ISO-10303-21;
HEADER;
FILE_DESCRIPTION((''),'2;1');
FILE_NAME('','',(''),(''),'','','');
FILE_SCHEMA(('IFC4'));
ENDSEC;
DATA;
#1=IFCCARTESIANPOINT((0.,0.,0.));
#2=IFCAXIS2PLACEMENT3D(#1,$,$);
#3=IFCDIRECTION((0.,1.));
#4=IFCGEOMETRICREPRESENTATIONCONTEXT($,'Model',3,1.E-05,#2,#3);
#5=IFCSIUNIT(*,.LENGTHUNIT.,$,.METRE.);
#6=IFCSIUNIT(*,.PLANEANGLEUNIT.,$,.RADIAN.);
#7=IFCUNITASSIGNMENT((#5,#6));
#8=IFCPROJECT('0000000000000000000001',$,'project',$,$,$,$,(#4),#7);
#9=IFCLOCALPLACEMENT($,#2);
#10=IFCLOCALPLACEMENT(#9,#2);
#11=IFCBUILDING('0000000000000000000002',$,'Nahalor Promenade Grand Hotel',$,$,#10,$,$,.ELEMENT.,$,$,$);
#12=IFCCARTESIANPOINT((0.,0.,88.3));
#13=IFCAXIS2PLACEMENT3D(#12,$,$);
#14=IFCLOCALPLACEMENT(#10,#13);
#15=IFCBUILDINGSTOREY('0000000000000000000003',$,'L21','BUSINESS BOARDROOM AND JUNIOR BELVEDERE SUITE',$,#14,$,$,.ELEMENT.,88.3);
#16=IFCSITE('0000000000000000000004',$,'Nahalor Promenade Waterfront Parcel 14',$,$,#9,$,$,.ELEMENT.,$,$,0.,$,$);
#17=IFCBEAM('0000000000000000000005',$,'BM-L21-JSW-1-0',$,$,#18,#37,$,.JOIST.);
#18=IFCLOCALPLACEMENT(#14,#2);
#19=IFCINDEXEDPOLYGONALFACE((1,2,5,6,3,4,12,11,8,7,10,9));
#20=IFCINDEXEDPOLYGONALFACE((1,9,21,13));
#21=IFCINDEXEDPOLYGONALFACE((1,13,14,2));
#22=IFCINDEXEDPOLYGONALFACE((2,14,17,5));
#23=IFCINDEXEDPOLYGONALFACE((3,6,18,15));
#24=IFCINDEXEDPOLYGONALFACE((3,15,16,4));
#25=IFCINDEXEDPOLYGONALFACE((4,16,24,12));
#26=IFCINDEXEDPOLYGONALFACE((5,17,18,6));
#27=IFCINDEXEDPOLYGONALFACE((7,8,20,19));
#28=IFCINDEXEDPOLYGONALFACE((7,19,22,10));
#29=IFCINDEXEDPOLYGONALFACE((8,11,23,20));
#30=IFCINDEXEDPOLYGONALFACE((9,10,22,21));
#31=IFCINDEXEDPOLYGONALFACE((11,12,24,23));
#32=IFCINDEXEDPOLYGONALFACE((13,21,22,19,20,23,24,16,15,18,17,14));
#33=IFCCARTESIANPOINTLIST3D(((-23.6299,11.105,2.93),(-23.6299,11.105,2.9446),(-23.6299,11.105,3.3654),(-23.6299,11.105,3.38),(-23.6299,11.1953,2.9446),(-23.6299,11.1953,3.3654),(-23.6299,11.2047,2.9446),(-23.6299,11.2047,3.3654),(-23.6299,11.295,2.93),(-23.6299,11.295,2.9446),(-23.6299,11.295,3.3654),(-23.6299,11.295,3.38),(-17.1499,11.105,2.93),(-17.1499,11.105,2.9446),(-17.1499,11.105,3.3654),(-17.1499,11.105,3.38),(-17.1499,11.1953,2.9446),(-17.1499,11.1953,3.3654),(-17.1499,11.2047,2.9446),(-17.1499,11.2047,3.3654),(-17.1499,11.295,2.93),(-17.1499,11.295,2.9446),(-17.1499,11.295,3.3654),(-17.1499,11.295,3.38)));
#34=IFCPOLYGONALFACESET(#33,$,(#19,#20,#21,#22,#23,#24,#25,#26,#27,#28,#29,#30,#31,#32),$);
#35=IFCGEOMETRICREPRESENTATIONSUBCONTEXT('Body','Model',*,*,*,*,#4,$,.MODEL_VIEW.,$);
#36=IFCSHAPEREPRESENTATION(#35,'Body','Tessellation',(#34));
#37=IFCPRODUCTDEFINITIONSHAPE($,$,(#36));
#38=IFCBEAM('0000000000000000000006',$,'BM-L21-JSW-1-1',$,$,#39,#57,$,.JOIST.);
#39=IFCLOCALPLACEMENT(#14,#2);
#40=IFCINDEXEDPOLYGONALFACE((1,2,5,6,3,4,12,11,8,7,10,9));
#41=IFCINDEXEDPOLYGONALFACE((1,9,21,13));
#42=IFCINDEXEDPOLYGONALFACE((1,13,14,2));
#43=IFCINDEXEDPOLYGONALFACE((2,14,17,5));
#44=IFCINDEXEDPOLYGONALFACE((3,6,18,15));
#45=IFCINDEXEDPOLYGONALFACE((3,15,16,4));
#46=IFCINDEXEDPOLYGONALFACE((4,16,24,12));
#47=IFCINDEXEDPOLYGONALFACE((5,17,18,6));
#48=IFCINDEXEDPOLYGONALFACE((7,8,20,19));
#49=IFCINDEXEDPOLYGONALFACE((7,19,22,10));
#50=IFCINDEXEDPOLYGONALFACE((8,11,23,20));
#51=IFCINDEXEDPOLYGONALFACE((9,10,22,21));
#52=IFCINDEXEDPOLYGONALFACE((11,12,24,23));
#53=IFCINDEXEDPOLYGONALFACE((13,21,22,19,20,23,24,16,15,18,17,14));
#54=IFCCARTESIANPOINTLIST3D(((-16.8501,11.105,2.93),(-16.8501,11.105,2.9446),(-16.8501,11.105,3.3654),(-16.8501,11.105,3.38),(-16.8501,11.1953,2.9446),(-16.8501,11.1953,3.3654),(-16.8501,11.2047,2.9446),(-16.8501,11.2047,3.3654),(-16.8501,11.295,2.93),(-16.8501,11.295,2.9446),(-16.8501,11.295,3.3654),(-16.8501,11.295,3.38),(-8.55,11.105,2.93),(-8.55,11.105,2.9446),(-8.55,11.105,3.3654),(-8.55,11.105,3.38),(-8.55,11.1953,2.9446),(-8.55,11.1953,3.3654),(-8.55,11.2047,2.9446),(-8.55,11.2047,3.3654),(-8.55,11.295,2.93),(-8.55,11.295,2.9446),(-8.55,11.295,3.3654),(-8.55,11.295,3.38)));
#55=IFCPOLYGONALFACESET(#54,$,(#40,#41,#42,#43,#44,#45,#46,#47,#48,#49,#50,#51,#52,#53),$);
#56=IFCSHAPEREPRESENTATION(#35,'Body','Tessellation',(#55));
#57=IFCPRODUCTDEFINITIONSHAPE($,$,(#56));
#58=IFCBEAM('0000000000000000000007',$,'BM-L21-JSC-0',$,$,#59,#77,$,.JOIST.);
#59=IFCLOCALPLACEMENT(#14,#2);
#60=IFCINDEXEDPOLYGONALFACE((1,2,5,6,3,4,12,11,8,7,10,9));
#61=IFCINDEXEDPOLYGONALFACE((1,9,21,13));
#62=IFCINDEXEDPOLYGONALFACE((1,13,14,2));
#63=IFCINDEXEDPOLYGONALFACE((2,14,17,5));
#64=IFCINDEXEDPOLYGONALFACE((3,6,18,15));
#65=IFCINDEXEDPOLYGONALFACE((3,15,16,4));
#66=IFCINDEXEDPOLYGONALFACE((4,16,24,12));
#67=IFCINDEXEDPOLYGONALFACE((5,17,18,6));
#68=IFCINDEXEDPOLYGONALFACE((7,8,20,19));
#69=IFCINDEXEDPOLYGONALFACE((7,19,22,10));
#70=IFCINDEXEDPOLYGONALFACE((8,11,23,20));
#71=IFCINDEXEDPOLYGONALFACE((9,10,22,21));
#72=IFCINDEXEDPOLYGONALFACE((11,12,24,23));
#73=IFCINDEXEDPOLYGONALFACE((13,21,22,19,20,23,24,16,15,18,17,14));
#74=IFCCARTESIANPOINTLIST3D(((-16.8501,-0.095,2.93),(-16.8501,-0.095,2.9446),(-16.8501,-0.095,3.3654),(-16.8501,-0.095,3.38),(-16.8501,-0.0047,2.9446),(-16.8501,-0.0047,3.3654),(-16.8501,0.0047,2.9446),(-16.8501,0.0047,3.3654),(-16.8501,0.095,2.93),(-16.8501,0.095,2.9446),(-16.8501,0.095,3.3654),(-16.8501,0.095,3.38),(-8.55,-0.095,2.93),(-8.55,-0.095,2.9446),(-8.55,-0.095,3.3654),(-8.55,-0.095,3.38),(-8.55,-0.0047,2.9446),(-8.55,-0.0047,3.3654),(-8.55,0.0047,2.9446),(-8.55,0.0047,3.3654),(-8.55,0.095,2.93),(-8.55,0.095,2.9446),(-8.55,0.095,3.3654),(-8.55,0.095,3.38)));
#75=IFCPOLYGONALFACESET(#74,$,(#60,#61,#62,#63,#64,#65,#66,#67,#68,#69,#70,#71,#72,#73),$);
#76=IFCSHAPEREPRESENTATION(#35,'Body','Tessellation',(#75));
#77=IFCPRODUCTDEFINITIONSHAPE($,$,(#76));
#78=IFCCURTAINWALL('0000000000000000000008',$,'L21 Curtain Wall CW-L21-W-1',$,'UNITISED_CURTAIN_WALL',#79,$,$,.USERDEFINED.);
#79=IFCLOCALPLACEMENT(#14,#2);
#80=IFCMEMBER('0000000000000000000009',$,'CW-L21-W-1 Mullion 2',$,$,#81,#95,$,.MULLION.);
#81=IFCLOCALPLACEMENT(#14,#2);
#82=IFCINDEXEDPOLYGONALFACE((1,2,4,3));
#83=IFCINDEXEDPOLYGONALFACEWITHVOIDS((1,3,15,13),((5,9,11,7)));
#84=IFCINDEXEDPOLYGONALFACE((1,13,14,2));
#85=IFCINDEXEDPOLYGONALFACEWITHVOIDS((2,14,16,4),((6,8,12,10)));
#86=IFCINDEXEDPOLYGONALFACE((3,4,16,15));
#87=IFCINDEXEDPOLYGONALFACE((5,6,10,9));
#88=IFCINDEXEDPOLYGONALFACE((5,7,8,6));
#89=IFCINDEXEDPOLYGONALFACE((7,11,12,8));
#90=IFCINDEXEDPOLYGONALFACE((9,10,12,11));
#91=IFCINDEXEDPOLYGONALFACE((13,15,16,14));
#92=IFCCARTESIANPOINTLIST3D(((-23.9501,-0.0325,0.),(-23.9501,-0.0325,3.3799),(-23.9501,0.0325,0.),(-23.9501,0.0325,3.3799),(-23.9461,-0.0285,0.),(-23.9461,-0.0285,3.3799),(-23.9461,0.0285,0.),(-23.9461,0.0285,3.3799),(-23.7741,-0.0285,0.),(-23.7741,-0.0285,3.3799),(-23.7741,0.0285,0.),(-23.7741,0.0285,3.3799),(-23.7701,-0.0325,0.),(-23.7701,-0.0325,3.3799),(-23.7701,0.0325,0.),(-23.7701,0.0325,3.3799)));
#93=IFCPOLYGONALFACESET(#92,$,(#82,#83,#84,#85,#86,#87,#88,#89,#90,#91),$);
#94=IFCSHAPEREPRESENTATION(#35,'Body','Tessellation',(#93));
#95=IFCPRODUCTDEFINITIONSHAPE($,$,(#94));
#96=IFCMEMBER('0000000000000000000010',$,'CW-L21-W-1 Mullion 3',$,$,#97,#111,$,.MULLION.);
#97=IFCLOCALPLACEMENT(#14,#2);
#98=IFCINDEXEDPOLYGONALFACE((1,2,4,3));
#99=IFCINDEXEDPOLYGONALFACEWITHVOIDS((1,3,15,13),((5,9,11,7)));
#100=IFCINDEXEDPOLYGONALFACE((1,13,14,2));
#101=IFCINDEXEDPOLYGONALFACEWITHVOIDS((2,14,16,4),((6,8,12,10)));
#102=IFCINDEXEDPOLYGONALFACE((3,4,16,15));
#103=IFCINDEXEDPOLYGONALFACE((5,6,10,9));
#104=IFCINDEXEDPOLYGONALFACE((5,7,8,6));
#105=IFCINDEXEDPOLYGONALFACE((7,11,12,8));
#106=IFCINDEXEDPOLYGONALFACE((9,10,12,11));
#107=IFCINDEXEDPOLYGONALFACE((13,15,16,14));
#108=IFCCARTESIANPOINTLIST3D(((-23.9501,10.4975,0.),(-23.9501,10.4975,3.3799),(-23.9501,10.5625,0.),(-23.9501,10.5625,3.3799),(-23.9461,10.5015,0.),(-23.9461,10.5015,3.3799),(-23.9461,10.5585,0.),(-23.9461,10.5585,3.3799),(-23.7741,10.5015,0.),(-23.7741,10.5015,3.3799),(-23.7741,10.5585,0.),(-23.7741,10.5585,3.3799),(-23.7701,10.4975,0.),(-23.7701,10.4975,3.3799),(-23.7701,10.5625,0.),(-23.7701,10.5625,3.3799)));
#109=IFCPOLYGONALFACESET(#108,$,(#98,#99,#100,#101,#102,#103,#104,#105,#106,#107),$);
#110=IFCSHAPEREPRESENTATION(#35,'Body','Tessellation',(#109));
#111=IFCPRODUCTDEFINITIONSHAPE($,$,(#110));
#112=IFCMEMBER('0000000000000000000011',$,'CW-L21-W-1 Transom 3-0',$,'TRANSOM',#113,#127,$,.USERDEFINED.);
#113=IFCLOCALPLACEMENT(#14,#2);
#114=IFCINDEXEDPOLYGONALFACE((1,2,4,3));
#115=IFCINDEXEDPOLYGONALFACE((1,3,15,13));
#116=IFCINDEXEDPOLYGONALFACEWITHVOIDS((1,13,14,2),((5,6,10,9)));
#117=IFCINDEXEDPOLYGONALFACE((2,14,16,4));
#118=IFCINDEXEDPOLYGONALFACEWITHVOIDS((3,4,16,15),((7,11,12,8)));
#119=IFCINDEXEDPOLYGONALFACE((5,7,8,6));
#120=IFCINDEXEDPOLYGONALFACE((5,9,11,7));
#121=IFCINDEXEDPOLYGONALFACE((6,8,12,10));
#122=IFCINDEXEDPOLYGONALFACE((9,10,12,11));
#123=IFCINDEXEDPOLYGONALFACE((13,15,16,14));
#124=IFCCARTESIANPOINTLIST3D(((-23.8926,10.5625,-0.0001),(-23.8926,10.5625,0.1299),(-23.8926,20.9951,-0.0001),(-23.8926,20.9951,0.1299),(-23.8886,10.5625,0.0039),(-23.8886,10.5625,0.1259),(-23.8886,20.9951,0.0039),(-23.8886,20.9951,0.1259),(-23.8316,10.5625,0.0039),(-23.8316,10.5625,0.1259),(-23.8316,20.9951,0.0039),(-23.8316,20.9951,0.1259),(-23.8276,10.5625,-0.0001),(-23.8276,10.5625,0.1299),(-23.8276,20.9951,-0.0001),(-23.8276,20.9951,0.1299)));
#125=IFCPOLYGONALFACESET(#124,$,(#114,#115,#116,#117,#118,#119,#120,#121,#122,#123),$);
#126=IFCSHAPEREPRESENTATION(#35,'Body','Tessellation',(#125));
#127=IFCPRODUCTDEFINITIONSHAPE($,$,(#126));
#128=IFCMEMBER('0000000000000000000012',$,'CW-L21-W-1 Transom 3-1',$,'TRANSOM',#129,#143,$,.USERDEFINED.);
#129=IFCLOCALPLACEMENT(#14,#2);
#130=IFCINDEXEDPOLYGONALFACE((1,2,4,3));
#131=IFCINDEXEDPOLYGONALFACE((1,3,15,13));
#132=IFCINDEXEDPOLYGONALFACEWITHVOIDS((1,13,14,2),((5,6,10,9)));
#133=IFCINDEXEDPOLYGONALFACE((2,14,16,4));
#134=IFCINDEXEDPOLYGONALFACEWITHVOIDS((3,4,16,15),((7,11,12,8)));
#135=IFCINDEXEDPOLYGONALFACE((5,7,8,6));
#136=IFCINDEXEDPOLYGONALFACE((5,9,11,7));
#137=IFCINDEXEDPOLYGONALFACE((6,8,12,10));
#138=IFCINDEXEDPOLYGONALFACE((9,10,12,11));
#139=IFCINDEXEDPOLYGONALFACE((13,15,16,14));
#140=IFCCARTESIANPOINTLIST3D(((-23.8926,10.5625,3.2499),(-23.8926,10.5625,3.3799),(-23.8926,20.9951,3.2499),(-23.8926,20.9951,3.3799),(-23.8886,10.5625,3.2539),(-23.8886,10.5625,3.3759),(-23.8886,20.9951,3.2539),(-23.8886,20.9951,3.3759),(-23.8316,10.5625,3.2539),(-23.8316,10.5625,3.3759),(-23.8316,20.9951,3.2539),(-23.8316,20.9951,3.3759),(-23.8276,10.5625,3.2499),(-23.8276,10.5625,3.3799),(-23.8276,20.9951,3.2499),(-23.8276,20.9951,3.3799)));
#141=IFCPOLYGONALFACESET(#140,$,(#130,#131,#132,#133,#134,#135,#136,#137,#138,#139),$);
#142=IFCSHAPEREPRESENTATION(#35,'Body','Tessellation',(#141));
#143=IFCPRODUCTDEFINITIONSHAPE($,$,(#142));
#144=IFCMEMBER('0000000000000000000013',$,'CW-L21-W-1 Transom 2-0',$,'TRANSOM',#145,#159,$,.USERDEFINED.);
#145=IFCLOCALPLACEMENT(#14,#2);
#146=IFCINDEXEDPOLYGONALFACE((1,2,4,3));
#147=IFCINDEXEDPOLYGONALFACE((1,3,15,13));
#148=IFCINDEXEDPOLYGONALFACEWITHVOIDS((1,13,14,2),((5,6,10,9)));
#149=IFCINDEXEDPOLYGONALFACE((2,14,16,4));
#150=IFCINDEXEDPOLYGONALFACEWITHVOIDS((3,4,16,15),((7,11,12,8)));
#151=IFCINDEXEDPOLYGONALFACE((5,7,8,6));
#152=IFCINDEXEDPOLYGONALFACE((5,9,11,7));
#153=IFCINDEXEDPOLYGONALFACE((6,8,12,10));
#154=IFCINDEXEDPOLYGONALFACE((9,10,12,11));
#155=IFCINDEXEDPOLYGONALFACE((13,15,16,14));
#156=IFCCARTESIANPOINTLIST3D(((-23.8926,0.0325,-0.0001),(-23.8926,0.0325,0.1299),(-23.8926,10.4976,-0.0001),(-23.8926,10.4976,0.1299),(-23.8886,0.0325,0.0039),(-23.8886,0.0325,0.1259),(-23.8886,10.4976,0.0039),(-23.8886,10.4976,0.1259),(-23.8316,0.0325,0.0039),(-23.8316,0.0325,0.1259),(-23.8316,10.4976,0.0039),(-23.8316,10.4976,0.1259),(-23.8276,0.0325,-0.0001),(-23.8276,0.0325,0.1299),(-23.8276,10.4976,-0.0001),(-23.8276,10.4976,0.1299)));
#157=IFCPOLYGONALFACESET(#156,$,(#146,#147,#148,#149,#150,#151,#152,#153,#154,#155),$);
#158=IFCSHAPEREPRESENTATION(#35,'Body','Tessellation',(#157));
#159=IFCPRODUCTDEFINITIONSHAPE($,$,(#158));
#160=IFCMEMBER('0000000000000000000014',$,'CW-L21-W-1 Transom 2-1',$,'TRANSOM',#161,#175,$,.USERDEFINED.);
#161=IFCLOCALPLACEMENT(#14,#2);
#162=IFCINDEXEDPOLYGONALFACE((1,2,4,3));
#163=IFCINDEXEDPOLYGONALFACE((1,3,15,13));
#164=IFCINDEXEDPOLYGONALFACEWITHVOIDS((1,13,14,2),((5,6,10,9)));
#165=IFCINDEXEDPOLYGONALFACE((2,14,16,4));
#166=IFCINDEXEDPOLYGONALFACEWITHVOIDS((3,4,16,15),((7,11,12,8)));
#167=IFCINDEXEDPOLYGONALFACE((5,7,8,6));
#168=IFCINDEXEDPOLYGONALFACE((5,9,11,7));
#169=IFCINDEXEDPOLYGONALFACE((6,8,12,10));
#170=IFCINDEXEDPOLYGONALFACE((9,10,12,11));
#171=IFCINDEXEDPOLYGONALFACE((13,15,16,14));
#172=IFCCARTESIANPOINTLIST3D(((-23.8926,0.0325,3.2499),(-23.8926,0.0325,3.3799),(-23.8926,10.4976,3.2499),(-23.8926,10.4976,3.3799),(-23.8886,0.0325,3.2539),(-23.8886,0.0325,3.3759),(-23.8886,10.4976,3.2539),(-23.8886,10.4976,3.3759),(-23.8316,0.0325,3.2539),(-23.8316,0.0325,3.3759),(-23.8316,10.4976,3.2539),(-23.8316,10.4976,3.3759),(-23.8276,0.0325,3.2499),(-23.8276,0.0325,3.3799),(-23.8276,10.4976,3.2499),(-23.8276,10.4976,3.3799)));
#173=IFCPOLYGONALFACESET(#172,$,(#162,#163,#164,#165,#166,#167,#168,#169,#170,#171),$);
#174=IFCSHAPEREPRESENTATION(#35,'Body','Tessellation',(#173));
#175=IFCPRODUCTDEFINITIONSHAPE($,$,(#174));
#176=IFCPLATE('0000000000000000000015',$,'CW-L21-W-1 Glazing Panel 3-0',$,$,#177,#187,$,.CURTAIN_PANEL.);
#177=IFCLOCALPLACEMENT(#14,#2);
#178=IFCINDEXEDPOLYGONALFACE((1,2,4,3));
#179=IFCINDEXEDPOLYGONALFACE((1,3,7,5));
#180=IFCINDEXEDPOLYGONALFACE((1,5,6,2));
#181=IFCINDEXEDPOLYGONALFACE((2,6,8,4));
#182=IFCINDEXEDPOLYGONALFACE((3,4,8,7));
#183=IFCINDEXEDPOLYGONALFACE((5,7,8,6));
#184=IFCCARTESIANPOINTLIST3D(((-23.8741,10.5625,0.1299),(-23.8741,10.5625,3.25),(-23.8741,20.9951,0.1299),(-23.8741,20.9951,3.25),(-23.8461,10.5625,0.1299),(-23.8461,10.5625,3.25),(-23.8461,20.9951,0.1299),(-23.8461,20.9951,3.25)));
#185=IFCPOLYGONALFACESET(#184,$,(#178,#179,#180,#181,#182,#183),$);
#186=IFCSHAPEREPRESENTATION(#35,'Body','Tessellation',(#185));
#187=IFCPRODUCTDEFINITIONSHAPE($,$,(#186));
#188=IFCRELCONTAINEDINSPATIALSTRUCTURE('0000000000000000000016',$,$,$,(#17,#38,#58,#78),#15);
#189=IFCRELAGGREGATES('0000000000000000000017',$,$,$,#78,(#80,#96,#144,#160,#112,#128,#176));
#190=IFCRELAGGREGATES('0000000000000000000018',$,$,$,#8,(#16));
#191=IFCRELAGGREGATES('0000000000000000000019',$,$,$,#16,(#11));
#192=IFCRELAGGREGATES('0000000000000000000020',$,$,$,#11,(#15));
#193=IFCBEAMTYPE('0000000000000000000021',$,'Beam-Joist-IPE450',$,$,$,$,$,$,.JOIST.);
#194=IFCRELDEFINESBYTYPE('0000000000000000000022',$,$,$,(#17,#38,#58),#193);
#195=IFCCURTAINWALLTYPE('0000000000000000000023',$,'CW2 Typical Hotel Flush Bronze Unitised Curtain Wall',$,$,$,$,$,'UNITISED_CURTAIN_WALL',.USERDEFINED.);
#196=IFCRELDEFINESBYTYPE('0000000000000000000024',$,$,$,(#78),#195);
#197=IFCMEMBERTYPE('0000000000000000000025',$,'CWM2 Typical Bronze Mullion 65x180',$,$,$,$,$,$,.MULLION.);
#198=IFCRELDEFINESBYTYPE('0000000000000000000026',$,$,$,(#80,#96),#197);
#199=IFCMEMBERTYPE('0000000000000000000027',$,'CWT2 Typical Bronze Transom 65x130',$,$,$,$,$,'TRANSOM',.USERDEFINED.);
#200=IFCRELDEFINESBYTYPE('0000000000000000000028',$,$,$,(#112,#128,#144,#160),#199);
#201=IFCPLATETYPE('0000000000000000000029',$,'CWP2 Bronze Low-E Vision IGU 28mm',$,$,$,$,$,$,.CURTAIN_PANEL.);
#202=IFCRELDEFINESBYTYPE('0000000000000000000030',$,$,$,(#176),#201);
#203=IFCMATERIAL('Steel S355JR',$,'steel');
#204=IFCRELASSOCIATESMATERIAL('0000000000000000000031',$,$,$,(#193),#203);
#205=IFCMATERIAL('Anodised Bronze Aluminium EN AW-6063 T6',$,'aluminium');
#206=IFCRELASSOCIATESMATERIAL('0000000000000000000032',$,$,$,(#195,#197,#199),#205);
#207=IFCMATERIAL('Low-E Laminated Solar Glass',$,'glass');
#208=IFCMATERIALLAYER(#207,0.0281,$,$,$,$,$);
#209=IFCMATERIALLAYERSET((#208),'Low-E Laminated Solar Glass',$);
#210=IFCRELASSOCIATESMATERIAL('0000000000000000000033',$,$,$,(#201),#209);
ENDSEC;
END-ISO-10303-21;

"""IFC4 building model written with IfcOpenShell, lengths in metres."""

from ifc_helpers import new_model, si_unit, direction, frame, origin, origin_2d, place, context, subcontext, project, spatial, rectangle, hollow_rectangle, i_section, extrude, source, transform, mapped, material, layer, layer_set, material_profile, profile_set, type_object, element, aggregate, save


model = new_model("IFC4")

# Units and contexts
model_context = context("Model", 3, precision=1e-05, world=origin(), true_north=direction((0.0, 1.0)))
body_context = subcontext(model_context, "Body", "Model", "MODEL_VIEW")
ifc_project = project(units=[si_unit("LENGTHUNIT", "METRE"), si_unit("PLANEANGLEUNIT", "RADIAN")], contexts=[model_context])

# Site, building, storey
site_placement = place(None, origin())
site = spatial("IfcSite", under=ifc_project, at=site_placement, Name="Nahalor Promenade Waterfront Parcel 14", CompositionType="ELEMENT", RefElevation=0.0)
building_placement = place(site_placement, origin())
building = spatial("IfcBuilding", under=site, at=building_placement, Name="Nahalor Promenade Grand Hotel", CompositionType="ELEMENT")
storey_placement = place(building_placement, frame((0.0, 0.0, 88.3)))
storey = spatial("IfcBuildingStorey", under=building, at=storey_placement, Name="L21", Description="BUSINESS BOARDROOM AND JUNIOR BELVEDERE SUITE", CompositionType="ELEMENT", Elevation=88.3)

# Beams
ifc_material_1 = material(Name="Steel S355JR", Category="steel")
ifc_material_profile_1 = material_profile(ifc_material_1, i_section(OverallWidth=0.19, OverallDepth=0.45, WebThickness=0.0094, FlangeThickness=0.0146, at=origin_2d()), Name="IPE 450")
ifc_profile_set_1 = profile_set([ifc_material_profile_1], Name="Steel S355JR")
beam_type_1 = type_object("IfcBeamType", Name="Beam-Joist-IPE450", PredefinedType="JOIST", material=ifc_profile_set_1)
shared_shape_1 = source(origin(), body_context, "Body", "SweptSolid", [
    extrude(i_section(OverallWidth=0.19, OverallDepth=0.45, WebThickness=0.0094, FlangeThickness=0.0146, at=origin_2d()), origin(), (0.0, 0.0, 1.0), 6.48),
])
beam_1_placement = place(storey_placement, frame((-23.6299, 11.2, 3.155), z_axis=(1.0, 0.0, 0.0), x_axis=(0.0, 1.0, 0.0)))
element("IfcBeam", 1, at=beam_1_placement, inside=storey, type_object=beam_type_1, Name="BM-L21-JSW-1-0", PredefinedType="JOIST", context=body_context, shape_type="MappedRepresentation", body=[
    mapped(shared_shape_1, transform((0.0, 0.0, 0.0), scale=1.0)),
])
shared_shape_2 = source(origin(), body_context, "Body", "SweptSolid", [
    extrude(i_section(OverallWidth=0.19, OverallDepth=0.45, WebThickness=0.0094, FlangeThickness=0.0146, at=origin_2d()), origin(), (0.0, 0.0, 1.0), 8.3),
])
for number, where, z_axis, x_axis, name in (
    (2, (-16.8501, 11.2, 3.155), (1.0, 0.0, 0.0), (0.0, 1.0, 0.0), "BM-L21-JSW-1-1"),
    (3, (-16.8501, 0.0, 3.155), (1.0, 0.0, 0.0), (0.0, 1.0, 0.0), "BM-L21-JSC-0"),
):
    element("IfcBeam", number, at=place(storey_placement, frame(where, z_axis=z_axis, x_axis=x_axis)), inside=storey, type_object=beam_type_1, Name=name, PredefinedType="JOIST", context=body_context, shape_type="MappedRepresentation", body=[
        mapped(shared_shape_2, transform((0.0, 0.0, 0.0), scale=1.0)),
    ])

# Curtain wall, members, plate
ifc_material_2 = material(Name="Anodised Bronze Aluminium EN AW-6063 T6", Category="aluminium")
curtain_wall_type = type_object("IfcCurtainWallType", Name="CW2 Typical Hotel Flush Bronze Unitised Curtain Wall", ElementType="UNITISED_CURTAIN_WALL", PredefinedType="USERDEFINED", material=ifc_material_2)
curtain_wall_placement = place(storey_placement, origin())
curtain_wall = element("IfcCurtainWall", 4, at=curtain_wall_placement, inside=storey, type_object=curtain_wall_type, Name="L21 Curtain Wall CW-L21-W-1", ObjectType="UNITISED_CURTAIN_WALL", PredefinedType="USERDEFINED")
ifc_material_profile_2 = material_profile(ifc_material_2, hollow_rectangle(XDim=0.065, YDim=0.18, WallThickness=0.004, at=origin_2d()), Name="CWM 65x180x4")
ifc_profile_set_2 = profile_set([ifc_material_profile_2], Name="Anodised Bronze Aluminium EN AW-6063 T6")
member_type_1 = type_object("IfcMemberType", Name="CWM2 Typical Bronze Mullion 65x180", PredefinedType="MULLION", material=ifc_profile_set_2)
shared_shape_3 = source(origin(), body_context, "Body", "SweptSolid", [
    extrude(hollow_rectangle(XDim=0.065, YDim=0.18, WallThickness=0.004, at=origin_2d()), origin(), (0.0, 0.0, 1.0), 3.3799),
])
member_1_placement = place(storey_placement, frame((-23.8601, 0.0, 0.0), z_axis=(0.0, 0.0, 1.0), x_axis=(0.0, 1.0, 0.0)))
member_1 = element("IfcMember", 5, at=member_1_placement, type_object=member_type_1, Name="CW-L21-W-1 Mullion 2", PredefinedType="MULLION", context=body_context, shape_type="MappedRepresentation", body=[
    mapped(shared_shape_3, transform((0.0, 0.0, 0.0), scale=1.0)),
])
member_2_placement = place(storey_placement, frame((-23.8601, 10.53, 0.0), z_axis=(0.0, 0.0, 1.0), x_axis=(0.0, 1.0, 0.0)))
member_2 = element("IfcMember", 6, at=member_2_placement, type_object=member_type_1, Name="CW-L21-W-1 Mullion 3", PredefinedType="MULLION", context=body_context, shape_type="MappedRepresentation", body=[
    mapped(shared_shape_3, transform((0.0, 0.0, 0.0), scale=1.0)),
])
ifc_material_profile_3 = material_profile(ifc_material_2, hollow_rectangle(XDim=0.065, YDim=0.13, WallThickness=0.004, at=origin_2d()), Name="CWT 65x130x4")
ifc_profile_set_3 = profile_set([ifc_material_profile_3], Name="Anodised Bronze Aluminium EN AW-6063 T6")
member_type_2 = type_object("IfcMemberType", Name="CWT2 Typical Bronze Transom 65x130", ElementType="TRANSOM", PredefinedType="USERDEFINED", material=ifc_profile_set_3)
shared_shape_4 = source(origin(), body_context, "Body", "SweptSolid", [
    extrude(hollow_rectangle(XDim=0.065, YDim=0.13, WallThickness=0.004, at=origin_2d()), origin(), (0.0, 0.0, 1.0), 10.4326),
])
member_3_placement = place(storey_placement, frame((-23.8601, 10.5625, 0.0649), z_axis=(0.0, 1.0, 0.0), x_axis=(-1.0, 0.0, 0.0)))
member_3 = element("IfcMember", 7, at=member_3_placement, type_object=member_type_2, Name="CW-L21-W-1 Transom 3-0", ObjectType="TRANSOM", PredefinedType="USERDEFINED", context=body_context, shape_type="MappedRepresentation", body=[
    mapped(shared_shape_4, transform((0.0, 0.0, 0.0), scale=1.0)),
])
member_4_placement = place(storey_placement, frame((-23.8601, 10.5625, 3.3149), z_axis=(0.0, 1.0, 0.0), x_axis=(-1.0, 0.0, 0.0)))
member_4 = element("IfcMember", 8, at=member_4_placement, type_object=member_type_2, Name="CW-L21-W-1 Transom 3-1", ObjectType="TRANSOM", PredefinedType="USERDEFINED", context=body_context, shape_type="MappedRepresentation", body=[
    mapped(shared_shape_4, transform((0.0, 0.0, 0.0), scale=1.0)),
])
shared_shape_5 = source(origin(), body_context, "Body", "SweptSolid", [
    extrude(hollow_rectangle(XDim=0.065, YDim=0.13, WallThickness=0.004, at=origin_2d()), origin(), (0.0, 0.0, 1.0), 10.4651),
])
member_5_placement = place(storey_placement, frame((-23.8601, 0.0325, 0.0649), z_axis=(0.0, 1.0, 0.0), x_axis=(-1.0, 0.0, 0.0)))
member_5 = element("IfcMember", 9, at=member_5_placement, type_object=member_type_2, Name="CW-L21-W-1 Transom 2-0", ObjectType="TRANSOM", PredefinedType="USERDEFINED", context=body_context, shape_type="MappedRepresentation", body=[
    mapped(shared_shape_5, transform((0.0, 0.0, 0.0), scale=1.0)),
])
member_6_placement = place(storey_placement, frame((-23.8601, 0.0325, 3.3149), z_axis=(0.0, 1.0, 0.0), x_axis=(-1.0, 0.0, 0.0)))
member_6 = element("IfcMember", 10, at=member_6_placement, type_object=member_type_2, Name="CW-L21-W-1 Transom 2-1", ObjectType="TRANSOM", PredefinedType="USERDEFINED", context=body_context, shape_type="MappedRepresentation", body=[
    mapped(shared_shape_5, transform((0.0, 0.0, 0.0), scale=1.0)),
])
ifc_material_3 = material(Name="Low-E Laminated Solar Glass", Category="glass")
ifc_layer_1 = layer(ifc_material_3, 0.0281)
ifc_layer_set_1 = layer_set([ifc_layer_1], Name="Low-E Laminated Solar Glass")
plate_type = type_object("IfcPlateType", Name="CWP2 Bronze Low-E Vision IGU 28mm", PredefinedType="CURTAIN_PANEL", material=ifc_layer_set_1)
shared_shape_6 = source(origin(), body_context, "Body", "SweptSolid", [
    extrude(rectangle(XDim=10.4326, YDim=0.0281, at=origin_2d()), origin(), (0.0, 0.0, 1.0), 3.1201),
])
plate_1_placement = place(storey_placement, frame((-23.8601, 15.7788, 0.1299), z_axis=(0.0, 0.0, 1.0), x_axis=(0.0, 1.0, 0.0)))
plate_1 = element("IfcPlate", 11, at=plate_1_placement, type_object=plate_type, Name="CW-L21-W-1 Glazing Panel 3-0", PredefinedType="CURTAIN_PANEL", context=body_context, shape_type="MappedRepresentation", body=[
    mapped(shared_shape_6, transform((0.0, 0.0, 0.0), scale=1.0)),
])
aggregate(curtain_wall, [member_1, member_2, member_5, member_6, member_3, member_4, plate_1])

save(model, "model.ifc")
